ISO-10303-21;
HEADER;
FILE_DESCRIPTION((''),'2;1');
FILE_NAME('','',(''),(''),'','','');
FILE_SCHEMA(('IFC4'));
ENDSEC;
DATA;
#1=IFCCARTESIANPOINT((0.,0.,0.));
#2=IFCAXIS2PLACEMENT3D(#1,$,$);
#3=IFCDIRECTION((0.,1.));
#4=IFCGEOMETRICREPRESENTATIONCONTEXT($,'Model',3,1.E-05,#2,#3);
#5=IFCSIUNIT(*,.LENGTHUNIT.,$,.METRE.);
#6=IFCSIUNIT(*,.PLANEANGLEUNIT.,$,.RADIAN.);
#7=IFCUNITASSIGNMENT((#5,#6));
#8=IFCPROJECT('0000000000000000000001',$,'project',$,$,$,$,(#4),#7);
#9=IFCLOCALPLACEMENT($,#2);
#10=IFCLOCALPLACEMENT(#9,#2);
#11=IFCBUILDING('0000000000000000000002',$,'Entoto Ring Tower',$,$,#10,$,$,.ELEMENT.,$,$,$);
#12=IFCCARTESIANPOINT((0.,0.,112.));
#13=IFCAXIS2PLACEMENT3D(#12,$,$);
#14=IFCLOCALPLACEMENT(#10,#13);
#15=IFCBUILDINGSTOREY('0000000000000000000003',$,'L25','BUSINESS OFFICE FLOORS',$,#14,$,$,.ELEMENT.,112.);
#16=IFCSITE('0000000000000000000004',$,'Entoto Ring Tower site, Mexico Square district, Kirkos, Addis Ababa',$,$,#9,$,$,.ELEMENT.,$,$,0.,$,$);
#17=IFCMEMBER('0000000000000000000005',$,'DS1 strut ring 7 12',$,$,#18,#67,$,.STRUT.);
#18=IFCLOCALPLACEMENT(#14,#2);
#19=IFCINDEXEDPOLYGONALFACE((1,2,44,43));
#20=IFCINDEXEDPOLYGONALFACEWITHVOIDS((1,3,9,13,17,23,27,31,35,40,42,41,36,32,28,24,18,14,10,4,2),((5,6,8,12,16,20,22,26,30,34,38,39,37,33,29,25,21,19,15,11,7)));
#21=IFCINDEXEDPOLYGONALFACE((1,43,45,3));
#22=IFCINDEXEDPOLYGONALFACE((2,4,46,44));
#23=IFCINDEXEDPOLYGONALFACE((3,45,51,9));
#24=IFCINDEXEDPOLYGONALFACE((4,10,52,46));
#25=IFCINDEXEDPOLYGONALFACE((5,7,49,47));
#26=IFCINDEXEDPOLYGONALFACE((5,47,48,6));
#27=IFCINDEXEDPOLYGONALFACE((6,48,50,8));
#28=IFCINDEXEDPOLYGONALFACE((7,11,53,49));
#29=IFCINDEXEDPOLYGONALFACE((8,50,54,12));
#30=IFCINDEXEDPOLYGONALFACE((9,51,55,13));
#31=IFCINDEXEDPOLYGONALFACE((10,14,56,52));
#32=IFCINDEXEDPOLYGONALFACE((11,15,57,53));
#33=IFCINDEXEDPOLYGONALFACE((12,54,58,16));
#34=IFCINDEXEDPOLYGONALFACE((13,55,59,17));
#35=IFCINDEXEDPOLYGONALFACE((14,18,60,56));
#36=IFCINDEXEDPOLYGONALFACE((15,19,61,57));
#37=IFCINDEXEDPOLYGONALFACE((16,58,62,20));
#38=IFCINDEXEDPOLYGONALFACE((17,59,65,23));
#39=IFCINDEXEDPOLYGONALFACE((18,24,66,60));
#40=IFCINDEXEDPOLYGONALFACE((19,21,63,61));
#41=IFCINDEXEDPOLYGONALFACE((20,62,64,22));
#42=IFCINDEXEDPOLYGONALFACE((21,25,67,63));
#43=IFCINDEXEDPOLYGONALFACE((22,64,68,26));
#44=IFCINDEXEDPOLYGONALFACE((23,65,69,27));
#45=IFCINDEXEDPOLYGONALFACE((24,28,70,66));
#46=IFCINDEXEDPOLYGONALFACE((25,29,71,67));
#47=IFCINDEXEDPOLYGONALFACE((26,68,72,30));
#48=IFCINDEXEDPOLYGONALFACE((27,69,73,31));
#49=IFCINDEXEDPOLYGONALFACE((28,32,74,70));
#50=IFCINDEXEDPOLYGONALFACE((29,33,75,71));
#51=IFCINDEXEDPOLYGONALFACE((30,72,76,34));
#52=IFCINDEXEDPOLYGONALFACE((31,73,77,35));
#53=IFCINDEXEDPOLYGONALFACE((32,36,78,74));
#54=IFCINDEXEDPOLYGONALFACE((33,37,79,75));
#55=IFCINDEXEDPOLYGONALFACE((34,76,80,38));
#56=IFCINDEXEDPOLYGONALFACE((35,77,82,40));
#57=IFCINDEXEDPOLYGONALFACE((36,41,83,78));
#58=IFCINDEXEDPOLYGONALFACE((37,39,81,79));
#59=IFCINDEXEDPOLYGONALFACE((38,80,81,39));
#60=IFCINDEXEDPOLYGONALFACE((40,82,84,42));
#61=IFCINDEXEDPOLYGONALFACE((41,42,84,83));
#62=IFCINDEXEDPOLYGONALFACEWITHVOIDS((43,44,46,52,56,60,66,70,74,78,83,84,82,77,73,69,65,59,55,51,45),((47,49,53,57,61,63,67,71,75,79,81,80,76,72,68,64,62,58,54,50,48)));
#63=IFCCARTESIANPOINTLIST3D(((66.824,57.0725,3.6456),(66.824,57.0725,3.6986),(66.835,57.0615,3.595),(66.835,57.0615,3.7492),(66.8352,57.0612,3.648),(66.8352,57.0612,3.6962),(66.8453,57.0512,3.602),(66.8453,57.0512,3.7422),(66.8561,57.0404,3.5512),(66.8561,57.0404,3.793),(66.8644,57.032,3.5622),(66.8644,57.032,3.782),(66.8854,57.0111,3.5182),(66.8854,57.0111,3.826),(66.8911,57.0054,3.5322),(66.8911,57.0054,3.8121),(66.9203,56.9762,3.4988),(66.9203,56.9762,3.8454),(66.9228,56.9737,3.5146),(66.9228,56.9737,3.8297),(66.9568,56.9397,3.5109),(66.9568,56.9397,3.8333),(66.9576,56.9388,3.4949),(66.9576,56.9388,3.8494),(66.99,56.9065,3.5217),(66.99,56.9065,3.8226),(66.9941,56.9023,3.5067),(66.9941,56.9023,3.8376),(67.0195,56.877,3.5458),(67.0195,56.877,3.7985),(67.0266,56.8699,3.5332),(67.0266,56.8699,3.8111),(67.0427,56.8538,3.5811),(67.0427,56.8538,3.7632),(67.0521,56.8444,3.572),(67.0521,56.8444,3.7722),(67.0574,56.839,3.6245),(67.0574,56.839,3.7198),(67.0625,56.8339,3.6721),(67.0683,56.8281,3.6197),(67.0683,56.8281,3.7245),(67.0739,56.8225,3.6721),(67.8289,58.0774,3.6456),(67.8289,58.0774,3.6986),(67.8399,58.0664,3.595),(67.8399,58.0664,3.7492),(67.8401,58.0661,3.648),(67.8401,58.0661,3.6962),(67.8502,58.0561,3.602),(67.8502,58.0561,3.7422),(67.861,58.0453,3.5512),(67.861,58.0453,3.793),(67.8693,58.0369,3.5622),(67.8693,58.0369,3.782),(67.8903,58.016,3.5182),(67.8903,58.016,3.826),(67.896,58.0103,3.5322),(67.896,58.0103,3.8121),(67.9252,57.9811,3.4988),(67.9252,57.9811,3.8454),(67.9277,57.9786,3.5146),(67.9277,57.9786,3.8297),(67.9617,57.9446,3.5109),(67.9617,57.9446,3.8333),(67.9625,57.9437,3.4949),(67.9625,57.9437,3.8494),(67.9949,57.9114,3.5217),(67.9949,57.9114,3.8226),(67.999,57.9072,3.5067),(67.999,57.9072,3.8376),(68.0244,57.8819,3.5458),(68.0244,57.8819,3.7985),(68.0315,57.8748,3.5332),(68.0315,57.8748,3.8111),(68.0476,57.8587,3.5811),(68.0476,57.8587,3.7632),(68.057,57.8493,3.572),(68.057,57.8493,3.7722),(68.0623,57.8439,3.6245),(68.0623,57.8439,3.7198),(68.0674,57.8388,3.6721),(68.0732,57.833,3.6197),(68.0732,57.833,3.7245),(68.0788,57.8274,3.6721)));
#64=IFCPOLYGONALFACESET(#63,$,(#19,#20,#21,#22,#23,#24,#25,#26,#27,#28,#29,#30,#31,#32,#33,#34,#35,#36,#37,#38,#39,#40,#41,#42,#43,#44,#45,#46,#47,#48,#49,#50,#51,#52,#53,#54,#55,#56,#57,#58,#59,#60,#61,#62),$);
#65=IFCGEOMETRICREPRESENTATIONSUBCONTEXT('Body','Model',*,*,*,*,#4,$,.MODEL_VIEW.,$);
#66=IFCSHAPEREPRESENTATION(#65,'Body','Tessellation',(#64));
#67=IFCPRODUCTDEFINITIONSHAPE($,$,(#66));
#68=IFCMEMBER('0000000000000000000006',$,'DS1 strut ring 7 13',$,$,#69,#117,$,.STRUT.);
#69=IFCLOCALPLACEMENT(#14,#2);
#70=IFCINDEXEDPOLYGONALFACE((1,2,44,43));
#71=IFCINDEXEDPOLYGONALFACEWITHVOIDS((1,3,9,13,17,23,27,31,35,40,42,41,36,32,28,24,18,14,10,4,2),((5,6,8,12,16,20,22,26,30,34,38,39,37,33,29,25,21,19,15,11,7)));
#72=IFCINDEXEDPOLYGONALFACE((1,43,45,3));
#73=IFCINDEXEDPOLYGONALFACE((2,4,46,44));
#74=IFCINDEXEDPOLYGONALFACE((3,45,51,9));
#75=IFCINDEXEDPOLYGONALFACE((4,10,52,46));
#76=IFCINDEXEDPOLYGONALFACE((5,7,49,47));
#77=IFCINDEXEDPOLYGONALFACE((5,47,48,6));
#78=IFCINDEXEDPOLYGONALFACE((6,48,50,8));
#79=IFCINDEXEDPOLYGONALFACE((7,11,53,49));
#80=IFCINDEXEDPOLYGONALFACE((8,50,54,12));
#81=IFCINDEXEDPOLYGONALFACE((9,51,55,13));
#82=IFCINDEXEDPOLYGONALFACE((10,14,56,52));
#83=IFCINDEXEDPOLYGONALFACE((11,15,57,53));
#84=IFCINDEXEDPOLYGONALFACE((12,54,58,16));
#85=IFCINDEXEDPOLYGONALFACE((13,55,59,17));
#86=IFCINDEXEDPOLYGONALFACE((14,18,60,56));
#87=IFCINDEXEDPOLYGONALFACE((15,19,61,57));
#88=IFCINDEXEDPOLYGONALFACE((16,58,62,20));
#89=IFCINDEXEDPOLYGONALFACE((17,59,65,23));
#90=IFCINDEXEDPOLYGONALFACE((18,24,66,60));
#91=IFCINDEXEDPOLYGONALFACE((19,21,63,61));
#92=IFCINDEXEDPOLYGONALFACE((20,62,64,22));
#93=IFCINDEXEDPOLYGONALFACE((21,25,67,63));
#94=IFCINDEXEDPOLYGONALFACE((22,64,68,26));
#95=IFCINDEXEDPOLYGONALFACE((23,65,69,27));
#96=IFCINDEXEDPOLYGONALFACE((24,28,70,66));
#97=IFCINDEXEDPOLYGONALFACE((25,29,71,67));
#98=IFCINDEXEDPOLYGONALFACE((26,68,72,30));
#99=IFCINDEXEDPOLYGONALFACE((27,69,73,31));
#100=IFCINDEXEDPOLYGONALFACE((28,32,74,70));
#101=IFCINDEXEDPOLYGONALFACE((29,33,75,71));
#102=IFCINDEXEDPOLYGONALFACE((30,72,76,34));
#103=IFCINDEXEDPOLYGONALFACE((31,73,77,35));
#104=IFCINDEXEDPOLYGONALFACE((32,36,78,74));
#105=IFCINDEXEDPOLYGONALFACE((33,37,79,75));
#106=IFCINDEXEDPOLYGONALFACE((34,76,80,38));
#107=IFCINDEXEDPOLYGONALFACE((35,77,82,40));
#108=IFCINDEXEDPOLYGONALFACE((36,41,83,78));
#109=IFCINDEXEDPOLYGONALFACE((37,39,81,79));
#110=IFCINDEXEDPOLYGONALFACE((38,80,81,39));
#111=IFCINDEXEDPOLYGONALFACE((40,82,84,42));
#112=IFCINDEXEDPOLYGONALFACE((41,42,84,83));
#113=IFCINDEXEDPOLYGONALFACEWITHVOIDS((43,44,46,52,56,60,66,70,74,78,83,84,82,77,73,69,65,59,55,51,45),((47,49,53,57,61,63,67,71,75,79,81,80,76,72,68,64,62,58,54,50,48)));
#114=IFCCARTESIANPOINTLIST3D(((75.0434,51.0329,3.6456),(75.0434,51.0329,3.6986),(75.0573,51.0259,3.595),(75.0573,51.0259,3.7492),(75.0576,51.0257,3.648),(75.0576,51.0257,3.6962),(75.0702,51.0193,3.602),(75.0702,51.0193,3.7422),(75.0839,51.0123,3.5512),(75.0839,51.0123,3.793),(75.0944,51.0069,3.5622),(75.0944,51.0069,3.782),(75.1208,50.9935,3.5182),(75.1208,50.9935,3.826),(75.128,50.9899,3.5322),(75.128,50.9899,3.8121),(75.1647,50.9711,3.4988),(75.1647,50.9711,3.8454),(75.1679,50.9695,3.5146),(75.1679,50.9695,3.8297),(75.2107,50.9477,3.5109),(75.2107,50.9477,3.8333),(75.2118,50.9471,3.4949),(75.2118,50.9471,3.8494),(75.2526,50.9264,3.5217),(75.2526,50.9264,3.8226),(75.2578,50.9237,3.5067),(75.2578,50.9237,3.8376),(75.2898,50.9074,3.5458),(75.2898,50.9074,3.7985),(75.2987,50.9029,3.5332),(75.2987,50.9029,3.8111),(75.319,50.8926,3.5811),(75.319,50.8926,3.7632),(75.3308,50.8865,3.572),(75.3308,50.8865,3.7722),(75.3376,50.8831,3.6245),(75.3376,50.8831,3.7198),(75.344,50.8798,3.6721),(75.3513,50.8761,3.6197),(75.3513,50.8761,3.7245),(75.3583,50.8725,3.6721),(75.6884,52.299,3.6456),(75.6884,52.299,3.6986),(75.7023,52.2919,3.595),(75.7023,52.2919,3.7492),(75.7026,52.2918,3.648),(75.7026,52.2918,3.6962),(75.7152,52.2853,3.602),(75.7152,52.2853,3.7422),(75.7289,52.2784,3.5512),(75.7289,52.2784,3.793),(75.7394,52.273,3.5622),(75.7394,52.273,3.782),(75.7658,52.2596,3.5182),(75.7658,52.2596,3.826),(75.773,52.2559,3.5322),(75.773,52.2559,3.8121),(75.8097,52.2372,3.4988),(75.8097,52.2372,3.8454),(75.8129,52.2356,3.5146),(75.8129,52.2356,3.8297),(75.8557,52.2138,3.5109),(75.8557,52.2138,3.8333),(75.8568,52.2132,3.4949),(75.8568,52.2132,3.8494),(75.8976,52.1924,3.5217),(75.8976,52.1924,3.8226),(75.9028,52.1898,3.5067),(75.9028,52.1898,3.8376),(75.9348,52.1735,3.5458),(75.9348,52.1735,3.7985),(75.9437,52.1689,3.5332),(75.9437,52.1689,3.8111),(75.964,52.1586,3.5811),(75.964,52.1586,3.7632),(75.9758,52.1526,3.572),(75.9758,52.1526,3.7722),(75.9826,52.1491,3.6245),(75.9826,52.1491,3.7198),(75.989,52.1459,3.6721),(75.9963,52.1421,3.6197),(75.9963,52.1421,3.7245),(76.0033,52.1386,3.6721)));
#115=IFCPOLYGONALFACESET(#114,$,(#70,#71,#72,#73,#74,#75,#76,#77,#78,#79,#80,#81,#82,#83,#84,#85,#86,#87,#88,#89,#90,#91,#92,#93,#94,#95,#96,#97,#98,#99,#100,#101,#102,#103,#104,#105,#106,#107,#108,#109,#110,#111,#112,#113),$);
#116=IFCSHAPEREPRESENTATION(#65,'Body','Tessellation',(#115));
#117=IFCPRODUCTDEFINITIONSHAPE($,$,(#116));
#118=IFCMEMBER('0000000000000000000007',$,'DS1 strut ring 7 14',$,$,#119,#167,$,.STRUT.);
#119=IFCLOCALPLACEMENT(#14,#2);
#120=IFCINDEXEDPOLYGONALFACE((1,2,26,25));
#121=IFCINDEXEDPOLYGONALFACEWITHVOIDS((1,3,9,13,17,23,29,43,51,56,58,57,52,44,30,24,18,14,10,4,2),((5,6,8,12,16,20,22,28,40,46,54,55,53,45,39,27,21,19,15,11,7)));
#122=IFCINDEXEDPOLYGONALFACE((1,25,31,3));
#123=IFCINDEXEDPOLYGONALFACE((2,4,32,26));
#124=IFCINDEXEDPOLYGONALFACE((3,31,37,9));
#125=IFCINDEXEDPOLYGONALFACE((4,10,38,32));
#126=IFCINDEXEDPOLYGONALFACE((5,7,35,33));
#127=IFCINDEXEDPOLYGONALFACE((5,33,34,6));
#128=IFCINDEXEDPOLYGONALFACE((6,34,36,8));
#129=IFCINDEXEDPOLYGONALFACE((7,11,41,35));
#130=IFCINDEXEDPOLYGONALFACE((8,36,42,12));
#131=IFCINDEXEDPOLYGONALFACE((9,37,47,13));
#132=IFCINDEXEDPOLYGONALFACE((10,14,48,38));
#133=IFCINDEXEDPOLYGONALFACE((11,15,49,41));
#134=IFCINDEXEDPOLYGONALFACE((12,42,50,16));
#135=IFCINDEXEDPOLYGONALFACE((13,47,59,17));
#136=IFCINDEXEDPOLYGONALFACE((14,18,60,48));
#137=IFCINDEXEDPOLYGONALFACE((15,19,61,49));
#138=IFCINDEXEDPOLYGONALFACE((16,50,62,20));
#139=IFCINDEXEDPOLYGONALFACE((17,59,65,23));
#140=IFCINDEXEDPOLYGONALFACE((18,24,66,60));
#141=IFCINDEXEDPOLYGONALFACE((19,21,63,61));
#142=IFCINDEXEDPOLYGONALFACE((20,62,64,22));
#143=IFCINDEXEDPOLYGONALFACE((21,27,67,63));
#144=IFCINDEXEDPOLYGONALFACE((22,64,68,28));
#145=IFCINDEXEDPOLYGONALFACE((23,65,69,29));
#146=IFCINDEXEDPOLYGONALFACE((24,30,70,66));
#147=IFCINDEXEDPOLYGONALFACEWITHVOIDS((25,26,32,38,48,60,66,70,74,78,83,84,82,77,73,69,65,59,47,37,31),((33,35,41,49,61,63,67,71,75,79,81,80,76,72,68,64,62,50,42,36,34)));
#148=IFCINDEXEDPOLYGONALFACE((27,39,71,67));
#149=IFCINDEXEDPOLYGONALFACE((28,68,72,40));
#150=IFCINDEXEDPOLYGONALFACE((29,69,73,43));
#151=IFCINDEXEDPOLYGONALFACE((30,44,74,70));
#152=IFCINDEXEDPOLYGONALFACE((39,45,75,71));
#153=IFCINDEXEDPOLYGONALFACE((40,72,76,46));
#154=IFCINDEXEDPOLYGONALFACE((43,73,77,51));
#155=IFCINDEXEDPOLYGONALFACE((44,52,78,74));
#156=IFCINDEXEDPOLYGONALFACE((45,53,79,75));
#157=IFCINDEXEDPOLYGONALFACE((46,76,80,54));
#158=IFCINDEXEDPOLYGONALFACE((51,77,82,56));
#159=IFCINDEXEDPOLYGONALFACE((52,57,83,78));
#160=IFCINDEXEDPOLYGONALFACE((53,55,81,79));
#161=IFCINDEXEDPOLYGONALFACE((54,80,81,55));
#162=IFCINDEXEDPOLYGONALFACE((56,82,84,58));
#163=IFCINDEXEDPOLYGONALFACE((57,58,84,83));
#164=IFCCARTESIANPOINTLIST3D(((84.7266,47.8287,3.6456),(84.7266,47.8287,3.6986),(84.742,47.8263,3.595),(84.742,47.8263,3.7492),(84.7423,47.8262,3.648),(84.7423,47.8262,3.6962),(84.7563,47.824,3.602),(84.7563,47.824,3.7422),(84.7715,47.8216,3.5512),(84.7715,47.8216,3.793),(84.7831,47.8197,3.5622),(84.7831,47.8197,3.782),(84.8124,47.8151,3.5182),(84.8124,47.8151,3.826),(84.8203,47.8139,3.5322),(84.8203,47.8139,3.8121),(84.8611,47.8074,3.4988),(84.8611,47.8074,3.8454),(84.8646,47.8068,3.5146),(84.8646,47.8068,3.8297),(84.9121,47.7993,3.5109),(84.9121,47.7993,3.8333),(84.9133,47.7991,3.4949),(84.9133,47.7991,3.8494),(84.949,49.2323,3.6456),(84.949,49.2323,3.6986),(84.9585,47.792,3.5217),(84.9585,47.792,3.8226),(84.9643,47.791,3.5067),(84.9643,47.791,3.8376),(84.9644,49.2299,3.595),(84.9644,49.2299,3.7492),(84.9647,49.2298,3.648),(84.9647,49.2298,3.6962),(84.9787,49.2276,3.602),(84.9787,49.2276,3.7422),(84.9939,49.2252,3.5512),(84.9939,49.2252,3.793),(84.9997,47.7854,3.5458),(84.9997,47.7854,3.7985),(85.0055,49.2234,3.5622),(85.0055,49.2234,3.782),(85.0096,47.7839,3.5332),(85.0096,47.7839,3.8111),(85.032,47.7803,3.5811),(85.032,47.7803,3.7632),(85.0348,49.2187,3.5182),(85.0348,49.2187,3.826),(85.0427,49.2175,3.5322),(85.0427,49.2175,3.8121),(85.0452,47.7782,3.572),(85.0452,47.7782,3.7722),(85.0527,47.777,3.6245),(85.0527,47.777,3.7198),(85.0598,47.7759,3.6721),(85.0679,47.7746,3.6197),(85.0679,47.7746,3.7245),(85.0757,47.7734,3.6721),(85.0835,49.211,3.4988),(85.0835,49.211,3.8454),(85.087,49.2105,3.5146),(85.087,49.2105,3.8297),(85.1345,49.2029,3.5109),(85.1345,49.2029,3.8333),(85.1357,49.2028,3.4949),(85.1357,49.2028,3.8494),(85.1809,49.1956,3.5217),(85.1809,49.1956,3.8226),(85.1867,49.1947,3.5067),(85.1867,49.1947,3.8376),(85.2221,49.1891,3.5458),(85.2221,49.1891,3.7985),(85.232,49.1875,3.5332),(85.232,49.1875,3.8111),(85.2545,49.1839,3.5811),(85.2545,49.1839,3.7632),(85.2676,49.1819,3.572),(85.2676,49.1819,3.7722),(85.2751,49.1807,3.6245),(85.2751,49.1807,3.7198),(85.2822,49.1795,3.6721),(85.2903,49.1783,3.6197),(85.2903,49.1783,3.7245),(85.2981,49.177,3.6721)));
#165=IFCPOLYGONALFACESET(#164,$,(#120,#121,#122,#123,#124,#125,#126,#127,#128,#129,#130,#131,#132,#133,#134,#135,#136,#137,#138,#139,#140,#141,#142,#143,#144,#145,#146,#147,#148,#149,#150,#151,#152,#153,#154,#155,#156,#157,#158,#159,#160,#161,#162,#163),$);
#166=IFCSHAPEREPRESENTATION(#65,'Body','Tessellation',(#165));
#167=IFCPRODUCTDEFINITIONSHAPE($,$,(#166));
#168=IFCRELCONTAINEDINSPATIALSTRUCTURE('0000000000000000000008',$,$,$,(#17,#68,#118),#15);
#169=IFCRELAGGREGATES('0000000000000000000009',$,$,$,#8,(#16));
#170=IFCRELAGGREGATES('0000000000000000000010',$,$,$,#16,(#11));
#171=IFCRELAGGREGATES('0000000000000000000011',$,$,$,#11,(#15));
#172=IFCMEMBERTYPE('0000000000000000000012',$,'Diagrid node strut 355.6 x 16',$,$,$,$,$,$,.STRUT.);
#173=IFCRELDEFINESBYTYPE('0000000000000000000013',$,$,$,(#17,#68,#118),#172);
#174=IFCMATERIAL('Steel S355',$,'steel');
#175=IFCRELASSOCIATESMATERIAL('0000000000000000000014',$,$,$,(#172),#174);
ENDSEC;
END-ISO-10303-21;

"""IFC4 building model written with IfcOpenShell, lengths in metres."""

from ifc_helpers import new_model, si_unit, direction, frame, origin, origin_2d, place, context, subcontext, project, spatial, circle, hollow_circle, extrude, material, material_profile, profile_set, type_object, element, save


model = new_model("IFC4")

# Units and contexts
model_context = context("Model", 3, precision=1e-05, world=origin(), true_north=direction((0.0, 1.0)))
body_context = subcontext(model_context, "Body", "Model", "MODEL_VIEW")
ifc_project = project(units=[si_unit("LENGTHUNIT", "METRE"), si_unit("PLANEANGLEUNIT", "RADIAN")], contexts=[model_context])

# Site, building, storey
site_placement = place(None, origin())
site = spatial("IfcSite", under=ifc_project, at=site_placement, Name="Entoto Ring Tower site, Mexico Square district, Kirkos, Addis Ababa", CompositionType="ELEMENT", RefElevation=0.0)
building_placement = place(site_placement, origin())
building = spatial("IfcBuilding", under=site, at=building_placement, Name="Entoto Ring Tower", CompositionType="ELEMENT")
storey_placement = place(building_placement, frame((0.0, 0.0, 112.0)))
storey = spatial("IfcBuildingStorey", under=building, at=storey_placement, Name="L25", Description="BUSINESS OFFICE FLOORS", CompositionType="ELEMENT", Elevation=112.0)

# Members
ifc_material_1 = material(Name="Steel S355", Category="steel")
ifc_material_profile_1 = material_profile(ifc_material_1, hollow_circle(Radius=0.1777, WallThickness=0.0161, at=origin_2d()), Name="CHS 355.6 x 16")
ifc_material_2 = material(Name="Concrete C60/75", Category="concrete")
ifc_material_profile_2 = material_profile(ifc_material_2, circle(Radius=0.1619, at=origin_2d()), Name="Concrete C60/75 infill")
ifc_profile_set_1 = profile_set([ifc_material_profile_1, ifc_material_profile_2], Name="Steel S355")
member_type = type_object("IfcMemberType", Name="Diagrid node strut 355.6 x 16", PredefinedType="STRUT", material=ifc_profile_set_1)
member_1_placement = place(storey_placement, frame((67.9531, 57.9531, 3.6721), z_axis=(-0.707107, -0.707107, 0.0), x_axis=(0.707107, -0.707107, 0.0)))
element("IfcMember", 1, at=member_1_placement, inside=storey, type_object=member_type, Name="DS1 strut ring 7 12", PredefinedType="STRUT", context=body_context, shape_type="SweptSolid", body=[
    extrude(hollow_circle(Radius=0.1777, WallThickness=0.0161, at=origin_2d()), origin(), (0.0, 0.0, 1.0), 1.4211),
])
member_2_placement = place(storey_placement, frame((75.845, 52.2192, 3.6721), z_axis=(-0.453936, -0.891034, 0.0), x_axis=(0.891034, -0.453936, 0.0)))
element("IfcMember", 2, at=member_2_placement, inside=storey, type_object=member_type, Name="DS1 strut ring 7 13", PredefinedType="STRUT", context=body_context, shape_type="SweptSolid", body=[
    extrude(hollow_circle(Radius=0.1777, WallThickness=0.0161, at=origin_2d()), origin(), (0.0, 0.0, 1.0), 1.4209),
])
member_3_placement = place(storey_placement, frame((85.1226, 49.2048, 3.6721), z_axis=(-0.15651, -0.987676, 0.0), x_axis=(0.987676, -0.15651, 0.0)))
element("IfcMember", 3, at=member_3_placement, inside=storey, type_object=member_type, Name="DS1 strut ring 7 14", PredefinedType="STRUT", context=body_context, shape_type="SweptSolid", body=[
    extrude(hollow_circle(Radius=0.1777, WallThickness=0.0161, at=origin_2d()), origin(), (0.0, 0.0, 1.0), 1.4211),
])

save(model, "model.ifc")
